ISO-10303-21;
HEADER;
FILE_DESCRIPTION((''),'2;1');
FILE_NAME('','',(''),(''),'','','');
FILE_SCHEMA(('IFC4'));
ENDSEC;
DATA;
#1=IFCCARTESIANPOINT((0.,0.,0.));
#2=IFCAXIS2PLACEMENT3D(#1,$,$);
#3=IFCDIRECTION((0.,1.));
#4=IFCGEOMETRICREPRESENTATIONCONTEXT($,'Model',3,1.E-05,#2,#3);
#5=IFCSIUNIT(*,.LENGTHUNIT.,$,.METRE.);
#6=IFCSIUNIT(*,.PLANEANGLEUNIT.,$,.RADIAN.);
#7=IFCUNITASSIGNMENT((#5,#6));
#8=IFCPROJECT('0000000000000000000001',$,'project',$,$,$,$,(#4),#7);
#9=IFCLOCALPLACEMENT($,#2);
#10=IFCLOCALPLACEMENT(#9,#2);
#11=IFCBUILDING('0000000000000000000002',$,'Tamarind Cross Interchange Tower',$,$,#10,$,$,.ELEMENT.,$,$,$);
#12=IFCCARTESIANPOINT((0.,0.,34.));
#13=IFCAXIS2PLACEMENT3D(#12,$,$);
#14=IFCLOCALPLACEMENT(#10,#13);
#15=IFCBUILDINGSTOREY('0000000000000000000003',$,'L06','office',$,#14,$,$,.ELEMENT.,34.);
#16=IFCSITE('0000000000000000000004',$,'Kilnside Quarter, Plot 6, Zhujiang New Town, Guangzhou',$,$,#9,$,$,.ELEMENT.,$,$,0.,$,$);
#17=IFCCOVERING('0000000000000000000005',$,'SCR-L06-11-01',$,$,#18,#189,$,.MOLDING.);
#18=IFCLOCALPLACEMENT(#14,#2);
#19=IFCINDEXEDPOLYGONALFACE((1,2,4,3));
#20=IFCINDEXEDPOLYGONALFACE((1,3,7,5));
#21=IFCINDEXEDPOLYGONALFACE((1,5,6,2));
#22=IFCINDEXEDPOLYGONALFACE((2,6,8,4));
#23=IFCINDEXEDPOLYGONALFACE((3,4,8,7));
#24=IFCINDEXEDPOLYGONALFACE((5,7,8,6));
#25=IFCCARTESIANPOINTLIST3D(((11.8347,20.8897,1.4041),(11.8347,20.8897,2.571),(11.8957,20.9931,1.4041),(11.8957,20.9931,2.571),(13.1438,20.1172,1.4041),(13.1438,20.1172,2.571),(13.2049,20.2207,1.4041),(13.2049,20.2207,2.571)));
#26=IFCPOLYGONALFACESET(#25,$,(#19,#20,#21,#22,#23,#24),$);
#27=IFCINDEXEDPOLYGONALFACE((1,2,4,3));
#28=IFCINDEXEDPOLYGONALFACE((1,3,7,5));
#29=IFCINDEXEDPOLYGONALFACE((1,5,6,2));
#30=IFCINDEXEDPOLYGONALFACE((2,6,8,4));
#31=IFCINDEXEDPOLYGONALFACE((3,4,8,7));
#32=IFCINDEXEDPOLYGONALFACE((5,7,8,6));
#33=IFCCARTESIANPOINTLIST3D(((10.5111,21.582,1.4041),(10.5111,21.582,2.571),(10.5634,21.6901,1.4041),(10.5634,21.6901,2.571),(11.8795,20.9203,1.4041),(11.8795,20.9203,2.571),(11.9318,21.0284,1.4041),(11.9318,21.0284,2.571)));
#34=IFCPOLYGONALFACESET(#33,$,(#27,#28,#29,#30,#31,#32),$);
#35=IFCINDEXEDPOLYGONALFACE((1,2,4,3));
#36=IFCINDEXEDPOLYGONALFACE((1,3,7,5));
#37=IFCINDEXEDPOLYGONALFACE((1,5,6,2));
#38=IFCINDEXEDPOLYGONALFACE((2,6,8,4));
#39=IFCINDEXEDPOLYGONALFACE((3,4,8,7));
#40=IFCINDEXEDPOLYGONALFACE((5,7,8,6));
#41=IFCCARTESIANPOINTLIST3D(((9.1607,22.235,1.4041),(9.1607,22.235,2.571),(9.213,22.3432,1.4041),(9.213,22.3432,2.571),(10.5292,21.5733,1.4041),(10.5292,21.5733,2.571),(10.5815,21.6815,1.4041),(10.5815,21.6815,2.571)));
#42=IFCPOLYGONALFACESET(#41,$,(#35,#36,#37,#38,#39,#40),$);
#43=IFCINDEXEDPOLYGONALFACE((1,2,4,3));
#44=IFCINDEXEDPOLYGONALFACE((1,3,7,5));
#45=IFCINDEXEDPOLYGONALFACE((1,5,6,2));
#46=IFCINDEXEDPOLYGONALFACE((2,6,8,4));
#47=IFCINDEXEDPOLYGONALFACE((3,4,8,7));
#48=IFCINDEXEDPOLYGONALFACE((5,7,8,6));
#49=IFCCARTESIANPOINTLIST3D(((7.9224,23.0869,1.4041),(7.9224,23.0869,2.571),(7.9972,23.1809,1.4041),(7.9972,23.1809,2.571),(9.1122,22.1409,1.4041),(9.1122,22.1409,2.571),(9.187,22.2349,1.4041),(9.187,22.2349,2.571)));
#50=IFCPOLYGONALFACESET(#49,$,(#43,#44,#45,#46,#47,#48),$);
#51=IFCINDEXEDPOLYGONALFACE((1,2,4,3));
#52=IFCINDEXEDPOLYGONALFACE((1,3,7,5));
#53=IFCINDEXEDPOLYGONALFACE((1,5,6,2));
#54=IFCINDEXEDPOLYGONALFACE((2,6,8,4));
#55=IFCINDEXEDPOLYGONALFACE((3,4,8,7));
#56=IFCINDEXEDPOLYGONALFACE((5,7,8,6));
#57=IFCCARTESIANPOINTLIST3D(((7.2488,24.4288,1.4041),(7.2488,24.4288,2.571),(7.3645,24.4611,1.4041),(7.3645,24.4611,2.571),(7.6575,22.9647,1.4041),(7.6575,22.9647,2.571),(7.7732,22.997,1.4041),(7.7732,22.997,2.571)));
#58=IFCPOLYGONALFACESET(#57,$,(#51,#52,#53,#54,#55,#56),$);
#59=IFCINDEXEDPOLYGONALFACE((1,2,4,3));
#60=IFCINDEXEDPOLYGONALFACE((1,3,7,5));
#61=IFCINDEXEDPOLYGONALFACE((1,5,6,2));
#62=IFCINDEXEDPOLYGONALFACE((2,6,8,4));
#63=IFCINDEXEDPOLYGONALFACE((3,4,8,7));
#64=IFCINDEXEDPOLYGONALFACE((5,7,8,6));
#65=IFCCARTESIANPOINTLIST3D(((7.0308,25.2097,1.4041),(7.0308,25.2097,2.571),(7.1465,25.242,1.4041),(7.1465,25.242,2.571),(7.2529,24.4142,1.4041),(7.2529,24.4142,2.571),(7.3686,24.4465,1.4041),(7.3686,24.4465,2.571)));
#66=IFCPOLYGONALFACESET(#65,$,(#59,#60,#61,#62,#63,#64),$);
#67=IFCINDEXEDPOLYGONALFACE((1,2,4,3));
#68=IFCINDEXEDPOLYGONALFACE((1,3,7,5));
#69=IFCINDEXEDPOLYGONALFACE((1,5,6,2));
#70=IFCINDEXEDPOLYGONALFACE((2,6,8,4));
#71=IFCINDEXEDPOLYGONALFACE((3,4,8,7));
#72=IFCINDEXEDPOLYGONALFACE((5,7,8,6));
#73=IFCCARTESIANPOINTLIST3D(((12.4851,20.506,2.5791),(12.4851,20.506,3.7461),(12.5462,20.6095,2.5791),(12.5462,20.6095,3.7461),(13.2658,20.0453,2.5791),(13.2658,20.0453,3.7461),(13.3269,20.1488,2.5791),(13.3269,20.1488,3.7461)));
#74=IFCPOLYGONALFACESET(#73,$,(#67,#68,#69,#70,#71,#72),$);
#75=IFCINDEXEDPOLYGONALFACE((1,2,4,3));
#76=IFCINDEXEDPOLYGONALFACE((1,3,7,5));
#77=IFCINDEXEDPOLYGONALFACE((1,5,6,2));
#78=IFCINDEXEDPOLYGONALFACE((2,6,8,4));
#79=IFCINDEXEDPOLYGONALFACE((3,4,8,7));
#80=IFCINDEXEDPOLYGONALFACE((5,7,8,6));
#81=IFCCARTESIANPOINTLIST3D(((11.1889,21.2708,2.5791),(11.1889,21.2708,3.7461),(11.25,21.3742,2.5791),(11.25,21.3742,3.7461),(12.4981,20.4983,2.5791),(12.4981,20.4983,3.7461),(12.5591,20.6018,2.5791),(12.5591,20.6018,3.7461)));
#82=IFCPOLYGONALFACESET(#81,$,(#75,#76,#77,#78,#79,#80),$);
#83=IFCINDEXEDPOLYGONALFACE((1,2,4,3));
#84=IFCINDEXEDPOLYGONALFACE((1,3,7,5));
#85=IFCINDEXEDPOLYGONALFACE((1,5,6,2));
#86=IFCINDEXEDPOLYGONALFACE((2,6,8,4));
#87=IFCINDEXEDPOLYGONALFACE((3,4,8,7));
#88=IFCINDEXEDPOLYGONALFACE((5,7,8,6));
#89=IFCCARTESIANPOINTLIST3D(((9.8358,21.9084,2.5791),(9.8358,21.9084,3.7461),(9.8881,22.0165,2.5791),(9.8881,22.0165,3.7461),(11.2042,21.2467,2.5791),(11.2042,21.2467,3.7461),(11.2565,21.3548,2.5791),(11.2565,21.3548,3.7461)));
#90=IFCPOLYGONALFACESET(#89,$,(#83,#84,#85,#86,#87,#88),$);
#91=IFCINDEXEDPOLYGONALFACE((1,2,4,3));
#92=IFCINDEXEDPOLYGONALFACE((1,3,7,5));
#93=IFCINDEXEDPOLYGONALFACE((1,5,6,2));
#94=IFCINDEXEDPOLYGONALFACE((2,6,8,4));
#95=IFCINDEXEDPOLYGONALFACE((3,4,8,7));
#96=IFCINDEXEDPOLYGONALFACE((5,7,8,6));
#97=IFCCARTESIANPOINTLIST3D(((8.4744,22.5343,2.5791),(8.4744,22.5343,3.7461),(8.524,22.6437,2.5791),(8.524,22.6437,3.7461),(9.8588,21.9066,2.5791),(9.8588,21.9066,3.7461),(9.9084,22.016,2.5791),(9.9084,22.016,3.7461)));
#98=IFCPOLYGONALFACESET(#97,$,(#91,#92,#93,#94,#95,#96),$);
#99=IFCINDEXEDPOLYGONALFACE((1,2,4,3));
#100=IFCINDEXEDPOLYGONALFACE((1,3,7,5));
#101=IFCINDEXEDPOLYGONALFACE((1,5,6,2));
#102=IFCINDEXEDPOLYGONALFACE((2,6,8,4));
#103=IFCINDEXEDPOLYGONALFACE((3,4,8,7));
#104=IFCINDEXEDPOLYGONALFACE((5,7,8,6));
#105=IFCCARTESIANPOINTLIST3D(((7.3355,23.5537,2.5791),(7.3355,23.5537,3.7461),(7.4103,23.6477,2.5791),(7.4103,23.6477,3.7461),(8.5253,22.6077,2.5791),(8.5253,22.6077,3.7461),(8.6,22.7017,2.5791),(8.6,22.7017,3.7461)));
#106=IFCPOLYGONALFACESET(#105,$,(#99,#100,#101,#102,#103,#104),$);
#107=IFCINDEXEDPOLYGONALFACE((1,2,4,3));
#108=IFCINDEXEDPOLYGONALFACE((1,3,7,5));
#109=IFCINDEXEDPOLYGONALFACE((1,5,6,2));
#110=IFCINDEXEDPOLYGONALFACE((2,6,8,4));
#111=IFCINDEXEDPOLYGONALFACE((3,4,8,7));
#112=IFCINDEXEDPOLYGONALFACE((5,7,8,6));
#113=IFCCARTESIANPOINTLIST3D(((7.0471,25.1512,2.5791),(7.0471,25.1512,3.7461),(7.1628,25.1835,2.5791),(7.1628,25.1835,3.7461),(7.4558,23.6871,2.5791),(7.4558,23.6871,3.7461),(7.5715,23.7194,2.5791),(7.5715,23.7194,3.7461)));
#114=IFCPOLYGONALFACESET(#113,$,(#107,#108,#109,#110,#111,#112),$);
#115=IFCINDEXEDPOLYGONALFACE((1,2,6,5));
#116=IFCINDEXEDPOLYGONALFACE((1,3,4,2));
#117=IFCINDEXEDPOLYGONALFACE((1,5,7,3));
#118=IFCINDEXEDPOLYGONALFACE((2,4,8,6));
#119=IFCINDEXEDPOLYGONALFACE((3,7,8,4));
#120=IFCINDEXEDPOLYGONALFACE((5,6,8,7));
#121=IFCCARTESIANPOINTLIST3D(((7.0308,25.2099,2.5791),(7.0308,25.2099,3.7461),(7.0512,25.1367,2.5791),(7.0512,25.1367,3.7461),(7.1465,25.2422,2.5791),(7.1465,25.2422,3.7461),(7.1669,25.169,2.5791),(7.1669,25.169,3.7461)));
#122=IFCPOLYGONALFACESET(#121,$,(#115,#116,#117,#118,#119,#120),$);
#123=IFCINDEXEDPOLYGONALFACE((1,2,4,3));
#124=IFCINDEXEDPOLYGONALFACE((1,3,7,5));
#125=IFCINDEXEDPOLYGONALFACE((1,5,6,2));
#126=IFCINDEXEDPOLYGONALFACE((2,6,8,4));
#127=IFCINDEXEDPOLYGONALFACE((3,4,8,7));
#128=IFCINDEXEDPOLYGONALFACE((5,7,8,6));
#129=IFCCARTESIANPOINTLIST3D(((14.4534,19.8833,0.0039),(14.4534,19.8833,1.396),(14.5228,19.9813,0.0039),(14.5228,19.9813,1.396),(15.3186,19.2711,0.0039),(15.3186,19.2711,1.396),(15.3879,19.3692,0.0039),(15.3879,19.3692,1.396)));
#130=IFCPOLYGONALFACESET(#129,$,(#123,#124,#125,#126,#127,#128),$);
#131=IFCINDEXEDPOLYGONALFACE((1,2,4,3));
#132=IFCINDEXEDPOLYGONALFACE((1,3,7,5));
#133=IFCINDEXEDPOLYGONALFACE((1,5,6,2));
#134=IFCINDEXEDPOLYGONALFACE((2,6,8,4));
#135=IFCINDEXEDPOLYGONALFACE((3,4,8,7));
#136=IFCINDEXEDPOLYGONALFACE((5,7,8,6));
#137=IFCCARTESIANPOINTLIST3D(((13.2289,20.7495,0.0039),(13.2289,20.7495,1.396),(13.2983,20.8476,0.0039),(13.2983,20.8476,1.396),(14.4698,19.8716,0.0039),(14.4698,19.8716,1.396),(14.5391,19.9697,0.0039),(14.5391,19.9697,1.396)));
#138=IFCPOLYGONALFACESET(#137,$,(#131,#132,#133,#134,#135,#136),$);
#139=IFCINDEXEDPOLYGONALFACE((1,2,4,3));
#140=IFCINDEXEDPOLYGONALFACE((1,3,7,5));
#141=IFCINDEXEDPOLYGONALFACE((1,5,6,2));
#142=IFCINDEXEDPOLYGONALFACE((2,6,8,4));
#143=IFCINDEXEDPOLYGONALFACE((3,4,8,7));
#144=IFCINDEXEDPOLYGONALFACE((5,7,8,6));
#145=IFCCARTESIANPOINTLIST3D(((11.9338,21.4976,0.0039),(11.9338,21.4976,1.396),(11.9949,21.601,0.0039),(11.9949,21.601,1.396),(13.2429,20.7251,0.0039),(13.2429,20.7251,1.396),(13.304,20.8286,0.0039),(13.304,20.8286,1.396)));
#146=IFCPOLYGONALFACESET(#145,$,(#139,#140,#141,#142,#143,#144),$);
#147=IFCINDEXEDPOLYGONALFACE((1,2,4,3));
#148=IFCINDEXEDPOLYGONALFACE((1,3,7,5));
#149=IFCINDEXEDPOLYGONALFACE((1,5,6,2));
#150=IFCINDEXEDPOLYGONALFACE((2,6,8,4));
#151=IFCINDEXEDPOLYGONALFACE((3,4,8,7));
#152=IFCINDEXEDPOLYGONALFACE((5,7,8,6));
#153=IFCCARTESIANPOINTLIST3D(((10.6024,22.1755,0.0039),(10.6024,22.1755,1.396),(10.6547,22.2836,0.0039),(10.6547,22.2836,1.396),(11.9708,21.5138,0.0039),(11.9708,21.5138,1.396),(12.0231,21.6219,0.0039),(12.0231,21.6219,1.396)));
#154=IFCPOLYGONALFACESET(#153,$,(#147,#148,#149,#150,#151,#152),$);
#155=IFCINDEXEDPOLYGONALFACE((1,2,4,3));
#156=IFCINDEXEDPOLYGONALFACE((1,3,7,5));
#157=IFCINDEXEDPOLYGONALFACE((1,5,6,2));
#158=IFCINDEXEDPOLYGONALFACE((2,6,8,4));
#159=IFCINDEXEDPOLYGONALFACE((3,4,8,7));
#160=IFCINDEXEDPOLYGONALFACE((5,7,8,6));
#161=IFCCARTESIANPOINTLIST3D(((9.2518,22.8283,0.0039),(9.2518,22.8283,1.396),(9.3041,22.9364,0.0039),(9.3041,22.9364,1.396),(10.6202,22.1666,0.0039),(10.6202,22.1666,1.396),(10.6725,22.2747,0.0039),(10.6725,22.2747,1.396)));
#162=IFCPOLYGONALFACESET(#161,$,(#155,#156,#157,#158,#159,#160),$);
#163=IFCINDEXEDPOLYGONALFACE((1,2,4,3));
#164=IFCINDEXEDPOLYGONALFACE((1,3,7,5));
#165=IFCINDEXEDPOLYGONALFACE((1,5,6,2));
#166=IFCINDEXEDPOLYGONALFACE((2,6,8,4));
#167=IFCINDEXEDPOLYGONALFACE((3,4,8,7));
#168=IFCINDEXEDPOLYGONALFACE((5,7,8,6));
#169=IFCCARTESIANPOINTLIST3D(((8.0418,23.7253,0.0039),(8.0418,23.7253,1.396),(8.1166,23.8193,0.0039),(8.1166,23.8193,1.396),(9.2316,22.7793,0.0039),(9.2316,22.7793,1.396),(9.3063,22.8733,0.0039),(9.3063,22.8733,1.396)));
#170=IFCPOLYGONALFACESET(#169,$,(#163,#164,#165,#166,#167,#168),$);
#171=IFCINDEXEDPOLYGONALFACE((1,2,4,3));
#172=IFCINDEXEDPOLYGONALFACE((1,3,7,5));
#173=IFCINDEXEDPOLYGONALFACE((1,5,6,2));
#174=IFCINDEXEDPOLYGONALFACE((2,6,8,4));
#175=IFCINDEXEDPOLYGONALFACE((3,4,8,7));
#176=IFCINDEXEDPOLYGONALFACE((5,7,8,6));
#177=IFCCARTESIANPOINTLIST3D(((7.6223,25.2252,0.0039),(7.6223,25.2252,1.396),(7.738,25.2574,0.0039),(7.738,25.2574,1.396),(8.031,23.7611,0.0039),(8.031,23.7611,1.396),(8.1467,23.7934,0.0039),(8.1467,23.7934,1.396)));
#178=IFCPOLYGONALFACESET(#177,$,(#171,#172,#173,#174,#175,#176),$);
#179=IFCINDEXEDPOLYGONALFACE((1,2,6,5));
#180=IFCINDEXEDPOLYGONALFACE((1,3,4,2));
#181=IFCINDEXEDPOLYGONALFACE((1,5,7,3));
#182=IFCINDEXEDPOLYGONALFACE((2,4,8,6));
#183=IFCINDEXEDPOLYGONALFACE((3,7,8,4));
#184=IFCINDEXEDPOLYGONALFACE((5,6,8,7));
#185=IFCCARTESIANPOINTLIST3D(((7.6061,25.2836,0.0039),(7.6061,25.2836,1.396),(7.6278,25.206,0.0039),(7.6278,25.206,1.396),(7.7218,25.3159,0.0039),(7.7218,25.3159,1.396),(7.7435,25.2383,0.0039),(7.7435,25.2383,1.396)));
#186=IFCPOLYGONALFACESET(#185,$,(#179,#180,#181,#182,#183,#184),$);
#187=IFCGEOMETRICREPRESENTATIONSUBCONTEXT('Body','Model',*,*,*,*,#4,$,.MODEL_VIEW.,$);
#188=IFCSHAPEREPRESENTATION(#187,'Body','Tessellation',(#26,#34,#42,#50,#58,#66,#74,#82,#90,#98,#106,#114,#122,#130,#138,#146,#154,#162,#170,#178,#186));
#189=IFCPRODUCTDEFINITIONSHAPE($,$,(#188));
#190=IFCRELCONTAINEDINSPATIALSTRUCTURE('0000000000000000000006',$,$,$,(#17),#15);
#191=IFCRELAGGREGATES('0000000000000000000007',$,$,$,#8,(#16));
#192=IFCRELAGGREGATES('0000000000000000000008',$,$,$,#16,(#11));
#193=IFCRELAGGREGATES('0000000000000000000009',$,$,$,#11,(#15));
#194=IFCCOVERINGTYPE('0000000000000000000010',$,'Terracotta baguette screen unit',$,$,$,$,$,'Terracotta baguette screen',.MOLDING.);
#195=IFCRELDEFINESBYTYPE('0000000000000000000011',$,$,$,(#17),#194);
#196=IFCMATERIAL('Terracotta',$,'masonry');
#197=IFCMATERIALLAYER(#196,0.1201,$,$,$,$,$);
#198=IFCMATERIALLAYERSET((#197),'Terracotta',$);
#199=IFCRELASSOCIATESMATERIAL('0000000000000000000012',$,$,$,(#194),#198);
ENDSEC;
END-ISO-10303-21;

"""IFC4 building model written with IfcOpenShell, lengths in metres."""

from ifc_helpers import new_model, si_unit, direction, frame, origin, origin_2d, place, context, subcontext, project, spatial, rectangle, extrude, material, layer, layer_set, type_object, element, save


model = new_model("IFC4")

# Units and contexts
model_context = context("Model", 3, precision=1e-05, world=origin(), true_north=direction((0.0, 1.0)))
body_context = subcontext(model_context, "Body", "Model", "MODEL_VIEW")
ifc_project = project(units=[si_unit("LENGTHUNIT", "METRE"), si_unit("PLANEANGLEUNIT", "RADIAN")], contexts=[model_context])

# Site, building, storey
site_placement = place(None, origin())
site = spatial("IfcSite", under=ifc_project, at=site_placement, Name="Kilnside Quarter, Plot 6, Zhujiang New Town, Guangzhou", CompositionType="ELEMENT", RefElevation=0.0)
building_placement = place(site_placement, origin())
building = spatial("IfcBuilding", under=site, at=building_placement, Name="Tamarind Cross Interchange Tower", CompositionType="ELEMENT")
storey_placement = place(building_placement, frame((0.0, 0.0, 34.0)))
storey = spatial("IfcBuildingStorey", under=building, at=storey_placement, Name="L06", Description="office", CompositionType="ELEMENT", Elevation=34.0)

# Covering
ifc_material_1 = material(Name="Terracotta", Category="masonry")
ifc_layer_1 = layer(ifc_material_1, 0.1201)
ifc_layer_set_1 = layer_set([ifc_layer_1], Name="Terracotta")
covering_type = type_object("IfcCoveringType", Name="Terracotta baguette screen unit", ElementType="Terracotta baguette screen", PredefinedType="MOLDING", material=ifc_layer_set_1)
covering_1_placement = place(storey_placement, origin())
element("IfcCovering", 1, at=covering_1_placement, inside=storey, type_object=covering_type, Name="SCR-L06-11-01", PredefinedType="MOLDING", context=body_context, shape_type="SweptSolid", body=[
    extrude(rectangle(XDim=1.52, YDim=0.1201, at=origin_2d()), frame((12.5198, 20.5552, 1.4041), z_axis=(0.0, 0.0, 1.0), x_axis=(-0.861249, 0.508183, 0.0)), (0.0, 0.0, 1.0), 1.167),
    extrude(rectangle(XDim=1.52, YDim=0.1201, at=origin_2d()), frame((11.2214, 21.3052, 1.4041), z_axis=(0.0, 0.0, 1.0), x_axis=(-0.900273, 0.435326, 0.0)), (0.0, 0.0, 1.0), 1.167),
    extrude(rectangle(XDim=1.52, YDim=0.1201, at=origin_2d()), frame((9.8711, 21.9583, 1.4041), z_axis=(0.0, 0.0, 1.0), x_axis=(-0.900273, 0.435326, 0.0)), (0.0, 0.0, 1.0), 1.167),
    extrude(rectangle(XDim=1.52, YDim=0.1201, at=origin_2d()), frame((8.5547, 22.6609, 1.4041), z_axis=(0.0, 0.0, 1.0), x_axis=(-0.782751, 0.622335, 0.0)), (0.0, 0.0, 1.0), 1.167),
    extrude(rectangle(XDim=1.52, YDim=0.1201, at=origin_2d()), frame((7.511, 23.7129, 1.4041), z_axis=(0.0, 0.0, 1.0), x_axis=(-0.268868, 0.963177, 0.0)), (0.0, 0.0, 1.0), 1.167),
    extrude(rectangle(XDim=0.8259, YDim=0.1201, at=origin_2d()), frame((7.1997, 24.8281, 1.4041), z_axis=(0.0, 0.0, 1.0), x_axis=(-0.268868, 0.963177, 0.0)), (0.0, 0.0, 1.0), 1.167),
    extrude(rectangle(XDim=0.9065, YDim=0.1201, at=origin_2d()), frame((12.906, 20.3274, 2.5791), z_axis=(0.0, 0.0, 1.0), x_axis=(-0.861249, 0.508183, 0.0)), (0.0, 0.0, 1.0), 1.167),
    extrude(rectangle(XDim=1.52, YDim=0.1201, at=origin_2d()), frame((11.874, 20.9363, 2.5791), z_axis=(0.0, 0.0, 1.0), x_axis=(-0.861249, 0.508183, 0.0)), (0.0, 0.0, 1.0), 1.167),
    extrude(rectangle(XDim=1.52, YDim=0.1201, at=origin_2d()), frame((10.5461, 21.6316, 2.5791), z_axis=(0.0, 0.0, 1.0), x_axis=(-0.900273, 0.435326, 0.0)), (0.0, 0.0, 1.0), 1.167),
    extrude(rectangle(XDim=1.52, YDim=0.1201, at=origin_2d()), frame((9.1914, 22.2751, 2.5791), z_axis=(0.0, 0.0, 1.0), x_axis=(-0.910749, 0.412961, 0.0)), (0.0, 0.0, 1.0), 1.167),
    extrude(rectangle(XDim=1.52, YDim=0.1201, at=origin_2d()), frame((7.9678, 23.1277, 2.5791), z_axis=(0.0, 0.0, 1.0), x_axis=(-0.782751, 0.622335, 0.0)), (0.0, 0.0, 1.0), 1.167),
    extrude(rectangle(XDim=1.52, YDim=0.1201, at=origin_2d()), frame((7.3093, 24.4353, 2.5791), z_axis=(0.0, 0.0, 1.0), x_axis=(-0.268868, 0.963177, 0.0)), (0.0, 0.0, 1.0), 1.167),
    extrude(rectangle(XDim=0.0759, YDim=0.1201, at=origin_2d()), frame((7.0989, 25.1895, 2.5791), z_axis=(0.0, 0.0, 1.0), x_axis=(-0.268868, 0.963177, 0.0)), (0.0, 0.0, 1.0), 1.167),
    extrude(rectangle(XDim=1.0598, YDim=0.1201, at=origin_2d()), frame((14.9207, 19.6262, 0.0039), z_axis=(0.0, 0.0, 1.0), x_axis=(-0.816342, 0.577569, 0.0)), (0.0, 0.0, 1.0), 1.3921),
    extrude(rectangle(XDim=1.52, YDim=0.1201, at=origin_2d()), frame((13.884, 20.3596, 0.0039), z_axis=(0.0, 0.0, 1.0), x_axis=(-0.816342, 0.577569, 0.0)), (0.0, 0.0, 1.0), 1.3921),
    extrude(rectangle(XDim=1.52, YDim=0.1201, at=origin_2d()), frame((12.6189, 21.1631, 0.0039), z_axis=(0.0, 0.0, 1.0), x_axis=(-0.861249, 0.508183, 0.0)), (0.0, 0.0, 1.0), 1.3921),
    extrude(rectangle(XDim=1.52, YDim=0.1201, at=origin_2d()), frame((11.3127, 21.8987, 0.0039), z_axis=(0.0, 0.0, 1.0), x_axis=(-0.900273, 0.435326, 0.0)), (0.0, 0.0, 1.0), 1.3921),
    extrude(rectangle(XDim=1.52, YDim=0.1201, at=origin_2d()), frame((9.9622, 22.5515, 0.0039), z_axis=(0.0, 0.0, 1.0), x_axis=(-0.900273, 0.435326, 0.0)), (0.0, 0.0, 1.0), 1.3921),
    extrude(rectangle(XDim=1.52, YDim=0.1201, at=origin_2d()), frame((8.6741, 23.2993, 0.0039), z_axis=(0.0, 0.0, 1.0), x_axis=(-0.782751, 0.622335, 0.0)), (0.0, 0.0, 1.0), 1.3921),
    extrude(rectangle(XDim=1.52, YDim=0.1201, at=origin_2d()), frame((7.8845, 24.5093, 0.0039), z_axis=(0.0, 0.0, 1.0), x_axis=(-0.268868, 0.963177, 0.0)), (0.0, 0.0, 1.0), 1.3921),
    extrude(rectangle(XDim=0.0806, YDim=0.1201, at=origin_2d()), frame((7.6748, 25.261, 0.0039), z_axis=(0.0, 0.0, 1.0), x_axis=(-0.268868, 0.963177, 0.0)), (0.0, 0.0, 1.0), 1.3921),
])

save(model, "model.ifc")
